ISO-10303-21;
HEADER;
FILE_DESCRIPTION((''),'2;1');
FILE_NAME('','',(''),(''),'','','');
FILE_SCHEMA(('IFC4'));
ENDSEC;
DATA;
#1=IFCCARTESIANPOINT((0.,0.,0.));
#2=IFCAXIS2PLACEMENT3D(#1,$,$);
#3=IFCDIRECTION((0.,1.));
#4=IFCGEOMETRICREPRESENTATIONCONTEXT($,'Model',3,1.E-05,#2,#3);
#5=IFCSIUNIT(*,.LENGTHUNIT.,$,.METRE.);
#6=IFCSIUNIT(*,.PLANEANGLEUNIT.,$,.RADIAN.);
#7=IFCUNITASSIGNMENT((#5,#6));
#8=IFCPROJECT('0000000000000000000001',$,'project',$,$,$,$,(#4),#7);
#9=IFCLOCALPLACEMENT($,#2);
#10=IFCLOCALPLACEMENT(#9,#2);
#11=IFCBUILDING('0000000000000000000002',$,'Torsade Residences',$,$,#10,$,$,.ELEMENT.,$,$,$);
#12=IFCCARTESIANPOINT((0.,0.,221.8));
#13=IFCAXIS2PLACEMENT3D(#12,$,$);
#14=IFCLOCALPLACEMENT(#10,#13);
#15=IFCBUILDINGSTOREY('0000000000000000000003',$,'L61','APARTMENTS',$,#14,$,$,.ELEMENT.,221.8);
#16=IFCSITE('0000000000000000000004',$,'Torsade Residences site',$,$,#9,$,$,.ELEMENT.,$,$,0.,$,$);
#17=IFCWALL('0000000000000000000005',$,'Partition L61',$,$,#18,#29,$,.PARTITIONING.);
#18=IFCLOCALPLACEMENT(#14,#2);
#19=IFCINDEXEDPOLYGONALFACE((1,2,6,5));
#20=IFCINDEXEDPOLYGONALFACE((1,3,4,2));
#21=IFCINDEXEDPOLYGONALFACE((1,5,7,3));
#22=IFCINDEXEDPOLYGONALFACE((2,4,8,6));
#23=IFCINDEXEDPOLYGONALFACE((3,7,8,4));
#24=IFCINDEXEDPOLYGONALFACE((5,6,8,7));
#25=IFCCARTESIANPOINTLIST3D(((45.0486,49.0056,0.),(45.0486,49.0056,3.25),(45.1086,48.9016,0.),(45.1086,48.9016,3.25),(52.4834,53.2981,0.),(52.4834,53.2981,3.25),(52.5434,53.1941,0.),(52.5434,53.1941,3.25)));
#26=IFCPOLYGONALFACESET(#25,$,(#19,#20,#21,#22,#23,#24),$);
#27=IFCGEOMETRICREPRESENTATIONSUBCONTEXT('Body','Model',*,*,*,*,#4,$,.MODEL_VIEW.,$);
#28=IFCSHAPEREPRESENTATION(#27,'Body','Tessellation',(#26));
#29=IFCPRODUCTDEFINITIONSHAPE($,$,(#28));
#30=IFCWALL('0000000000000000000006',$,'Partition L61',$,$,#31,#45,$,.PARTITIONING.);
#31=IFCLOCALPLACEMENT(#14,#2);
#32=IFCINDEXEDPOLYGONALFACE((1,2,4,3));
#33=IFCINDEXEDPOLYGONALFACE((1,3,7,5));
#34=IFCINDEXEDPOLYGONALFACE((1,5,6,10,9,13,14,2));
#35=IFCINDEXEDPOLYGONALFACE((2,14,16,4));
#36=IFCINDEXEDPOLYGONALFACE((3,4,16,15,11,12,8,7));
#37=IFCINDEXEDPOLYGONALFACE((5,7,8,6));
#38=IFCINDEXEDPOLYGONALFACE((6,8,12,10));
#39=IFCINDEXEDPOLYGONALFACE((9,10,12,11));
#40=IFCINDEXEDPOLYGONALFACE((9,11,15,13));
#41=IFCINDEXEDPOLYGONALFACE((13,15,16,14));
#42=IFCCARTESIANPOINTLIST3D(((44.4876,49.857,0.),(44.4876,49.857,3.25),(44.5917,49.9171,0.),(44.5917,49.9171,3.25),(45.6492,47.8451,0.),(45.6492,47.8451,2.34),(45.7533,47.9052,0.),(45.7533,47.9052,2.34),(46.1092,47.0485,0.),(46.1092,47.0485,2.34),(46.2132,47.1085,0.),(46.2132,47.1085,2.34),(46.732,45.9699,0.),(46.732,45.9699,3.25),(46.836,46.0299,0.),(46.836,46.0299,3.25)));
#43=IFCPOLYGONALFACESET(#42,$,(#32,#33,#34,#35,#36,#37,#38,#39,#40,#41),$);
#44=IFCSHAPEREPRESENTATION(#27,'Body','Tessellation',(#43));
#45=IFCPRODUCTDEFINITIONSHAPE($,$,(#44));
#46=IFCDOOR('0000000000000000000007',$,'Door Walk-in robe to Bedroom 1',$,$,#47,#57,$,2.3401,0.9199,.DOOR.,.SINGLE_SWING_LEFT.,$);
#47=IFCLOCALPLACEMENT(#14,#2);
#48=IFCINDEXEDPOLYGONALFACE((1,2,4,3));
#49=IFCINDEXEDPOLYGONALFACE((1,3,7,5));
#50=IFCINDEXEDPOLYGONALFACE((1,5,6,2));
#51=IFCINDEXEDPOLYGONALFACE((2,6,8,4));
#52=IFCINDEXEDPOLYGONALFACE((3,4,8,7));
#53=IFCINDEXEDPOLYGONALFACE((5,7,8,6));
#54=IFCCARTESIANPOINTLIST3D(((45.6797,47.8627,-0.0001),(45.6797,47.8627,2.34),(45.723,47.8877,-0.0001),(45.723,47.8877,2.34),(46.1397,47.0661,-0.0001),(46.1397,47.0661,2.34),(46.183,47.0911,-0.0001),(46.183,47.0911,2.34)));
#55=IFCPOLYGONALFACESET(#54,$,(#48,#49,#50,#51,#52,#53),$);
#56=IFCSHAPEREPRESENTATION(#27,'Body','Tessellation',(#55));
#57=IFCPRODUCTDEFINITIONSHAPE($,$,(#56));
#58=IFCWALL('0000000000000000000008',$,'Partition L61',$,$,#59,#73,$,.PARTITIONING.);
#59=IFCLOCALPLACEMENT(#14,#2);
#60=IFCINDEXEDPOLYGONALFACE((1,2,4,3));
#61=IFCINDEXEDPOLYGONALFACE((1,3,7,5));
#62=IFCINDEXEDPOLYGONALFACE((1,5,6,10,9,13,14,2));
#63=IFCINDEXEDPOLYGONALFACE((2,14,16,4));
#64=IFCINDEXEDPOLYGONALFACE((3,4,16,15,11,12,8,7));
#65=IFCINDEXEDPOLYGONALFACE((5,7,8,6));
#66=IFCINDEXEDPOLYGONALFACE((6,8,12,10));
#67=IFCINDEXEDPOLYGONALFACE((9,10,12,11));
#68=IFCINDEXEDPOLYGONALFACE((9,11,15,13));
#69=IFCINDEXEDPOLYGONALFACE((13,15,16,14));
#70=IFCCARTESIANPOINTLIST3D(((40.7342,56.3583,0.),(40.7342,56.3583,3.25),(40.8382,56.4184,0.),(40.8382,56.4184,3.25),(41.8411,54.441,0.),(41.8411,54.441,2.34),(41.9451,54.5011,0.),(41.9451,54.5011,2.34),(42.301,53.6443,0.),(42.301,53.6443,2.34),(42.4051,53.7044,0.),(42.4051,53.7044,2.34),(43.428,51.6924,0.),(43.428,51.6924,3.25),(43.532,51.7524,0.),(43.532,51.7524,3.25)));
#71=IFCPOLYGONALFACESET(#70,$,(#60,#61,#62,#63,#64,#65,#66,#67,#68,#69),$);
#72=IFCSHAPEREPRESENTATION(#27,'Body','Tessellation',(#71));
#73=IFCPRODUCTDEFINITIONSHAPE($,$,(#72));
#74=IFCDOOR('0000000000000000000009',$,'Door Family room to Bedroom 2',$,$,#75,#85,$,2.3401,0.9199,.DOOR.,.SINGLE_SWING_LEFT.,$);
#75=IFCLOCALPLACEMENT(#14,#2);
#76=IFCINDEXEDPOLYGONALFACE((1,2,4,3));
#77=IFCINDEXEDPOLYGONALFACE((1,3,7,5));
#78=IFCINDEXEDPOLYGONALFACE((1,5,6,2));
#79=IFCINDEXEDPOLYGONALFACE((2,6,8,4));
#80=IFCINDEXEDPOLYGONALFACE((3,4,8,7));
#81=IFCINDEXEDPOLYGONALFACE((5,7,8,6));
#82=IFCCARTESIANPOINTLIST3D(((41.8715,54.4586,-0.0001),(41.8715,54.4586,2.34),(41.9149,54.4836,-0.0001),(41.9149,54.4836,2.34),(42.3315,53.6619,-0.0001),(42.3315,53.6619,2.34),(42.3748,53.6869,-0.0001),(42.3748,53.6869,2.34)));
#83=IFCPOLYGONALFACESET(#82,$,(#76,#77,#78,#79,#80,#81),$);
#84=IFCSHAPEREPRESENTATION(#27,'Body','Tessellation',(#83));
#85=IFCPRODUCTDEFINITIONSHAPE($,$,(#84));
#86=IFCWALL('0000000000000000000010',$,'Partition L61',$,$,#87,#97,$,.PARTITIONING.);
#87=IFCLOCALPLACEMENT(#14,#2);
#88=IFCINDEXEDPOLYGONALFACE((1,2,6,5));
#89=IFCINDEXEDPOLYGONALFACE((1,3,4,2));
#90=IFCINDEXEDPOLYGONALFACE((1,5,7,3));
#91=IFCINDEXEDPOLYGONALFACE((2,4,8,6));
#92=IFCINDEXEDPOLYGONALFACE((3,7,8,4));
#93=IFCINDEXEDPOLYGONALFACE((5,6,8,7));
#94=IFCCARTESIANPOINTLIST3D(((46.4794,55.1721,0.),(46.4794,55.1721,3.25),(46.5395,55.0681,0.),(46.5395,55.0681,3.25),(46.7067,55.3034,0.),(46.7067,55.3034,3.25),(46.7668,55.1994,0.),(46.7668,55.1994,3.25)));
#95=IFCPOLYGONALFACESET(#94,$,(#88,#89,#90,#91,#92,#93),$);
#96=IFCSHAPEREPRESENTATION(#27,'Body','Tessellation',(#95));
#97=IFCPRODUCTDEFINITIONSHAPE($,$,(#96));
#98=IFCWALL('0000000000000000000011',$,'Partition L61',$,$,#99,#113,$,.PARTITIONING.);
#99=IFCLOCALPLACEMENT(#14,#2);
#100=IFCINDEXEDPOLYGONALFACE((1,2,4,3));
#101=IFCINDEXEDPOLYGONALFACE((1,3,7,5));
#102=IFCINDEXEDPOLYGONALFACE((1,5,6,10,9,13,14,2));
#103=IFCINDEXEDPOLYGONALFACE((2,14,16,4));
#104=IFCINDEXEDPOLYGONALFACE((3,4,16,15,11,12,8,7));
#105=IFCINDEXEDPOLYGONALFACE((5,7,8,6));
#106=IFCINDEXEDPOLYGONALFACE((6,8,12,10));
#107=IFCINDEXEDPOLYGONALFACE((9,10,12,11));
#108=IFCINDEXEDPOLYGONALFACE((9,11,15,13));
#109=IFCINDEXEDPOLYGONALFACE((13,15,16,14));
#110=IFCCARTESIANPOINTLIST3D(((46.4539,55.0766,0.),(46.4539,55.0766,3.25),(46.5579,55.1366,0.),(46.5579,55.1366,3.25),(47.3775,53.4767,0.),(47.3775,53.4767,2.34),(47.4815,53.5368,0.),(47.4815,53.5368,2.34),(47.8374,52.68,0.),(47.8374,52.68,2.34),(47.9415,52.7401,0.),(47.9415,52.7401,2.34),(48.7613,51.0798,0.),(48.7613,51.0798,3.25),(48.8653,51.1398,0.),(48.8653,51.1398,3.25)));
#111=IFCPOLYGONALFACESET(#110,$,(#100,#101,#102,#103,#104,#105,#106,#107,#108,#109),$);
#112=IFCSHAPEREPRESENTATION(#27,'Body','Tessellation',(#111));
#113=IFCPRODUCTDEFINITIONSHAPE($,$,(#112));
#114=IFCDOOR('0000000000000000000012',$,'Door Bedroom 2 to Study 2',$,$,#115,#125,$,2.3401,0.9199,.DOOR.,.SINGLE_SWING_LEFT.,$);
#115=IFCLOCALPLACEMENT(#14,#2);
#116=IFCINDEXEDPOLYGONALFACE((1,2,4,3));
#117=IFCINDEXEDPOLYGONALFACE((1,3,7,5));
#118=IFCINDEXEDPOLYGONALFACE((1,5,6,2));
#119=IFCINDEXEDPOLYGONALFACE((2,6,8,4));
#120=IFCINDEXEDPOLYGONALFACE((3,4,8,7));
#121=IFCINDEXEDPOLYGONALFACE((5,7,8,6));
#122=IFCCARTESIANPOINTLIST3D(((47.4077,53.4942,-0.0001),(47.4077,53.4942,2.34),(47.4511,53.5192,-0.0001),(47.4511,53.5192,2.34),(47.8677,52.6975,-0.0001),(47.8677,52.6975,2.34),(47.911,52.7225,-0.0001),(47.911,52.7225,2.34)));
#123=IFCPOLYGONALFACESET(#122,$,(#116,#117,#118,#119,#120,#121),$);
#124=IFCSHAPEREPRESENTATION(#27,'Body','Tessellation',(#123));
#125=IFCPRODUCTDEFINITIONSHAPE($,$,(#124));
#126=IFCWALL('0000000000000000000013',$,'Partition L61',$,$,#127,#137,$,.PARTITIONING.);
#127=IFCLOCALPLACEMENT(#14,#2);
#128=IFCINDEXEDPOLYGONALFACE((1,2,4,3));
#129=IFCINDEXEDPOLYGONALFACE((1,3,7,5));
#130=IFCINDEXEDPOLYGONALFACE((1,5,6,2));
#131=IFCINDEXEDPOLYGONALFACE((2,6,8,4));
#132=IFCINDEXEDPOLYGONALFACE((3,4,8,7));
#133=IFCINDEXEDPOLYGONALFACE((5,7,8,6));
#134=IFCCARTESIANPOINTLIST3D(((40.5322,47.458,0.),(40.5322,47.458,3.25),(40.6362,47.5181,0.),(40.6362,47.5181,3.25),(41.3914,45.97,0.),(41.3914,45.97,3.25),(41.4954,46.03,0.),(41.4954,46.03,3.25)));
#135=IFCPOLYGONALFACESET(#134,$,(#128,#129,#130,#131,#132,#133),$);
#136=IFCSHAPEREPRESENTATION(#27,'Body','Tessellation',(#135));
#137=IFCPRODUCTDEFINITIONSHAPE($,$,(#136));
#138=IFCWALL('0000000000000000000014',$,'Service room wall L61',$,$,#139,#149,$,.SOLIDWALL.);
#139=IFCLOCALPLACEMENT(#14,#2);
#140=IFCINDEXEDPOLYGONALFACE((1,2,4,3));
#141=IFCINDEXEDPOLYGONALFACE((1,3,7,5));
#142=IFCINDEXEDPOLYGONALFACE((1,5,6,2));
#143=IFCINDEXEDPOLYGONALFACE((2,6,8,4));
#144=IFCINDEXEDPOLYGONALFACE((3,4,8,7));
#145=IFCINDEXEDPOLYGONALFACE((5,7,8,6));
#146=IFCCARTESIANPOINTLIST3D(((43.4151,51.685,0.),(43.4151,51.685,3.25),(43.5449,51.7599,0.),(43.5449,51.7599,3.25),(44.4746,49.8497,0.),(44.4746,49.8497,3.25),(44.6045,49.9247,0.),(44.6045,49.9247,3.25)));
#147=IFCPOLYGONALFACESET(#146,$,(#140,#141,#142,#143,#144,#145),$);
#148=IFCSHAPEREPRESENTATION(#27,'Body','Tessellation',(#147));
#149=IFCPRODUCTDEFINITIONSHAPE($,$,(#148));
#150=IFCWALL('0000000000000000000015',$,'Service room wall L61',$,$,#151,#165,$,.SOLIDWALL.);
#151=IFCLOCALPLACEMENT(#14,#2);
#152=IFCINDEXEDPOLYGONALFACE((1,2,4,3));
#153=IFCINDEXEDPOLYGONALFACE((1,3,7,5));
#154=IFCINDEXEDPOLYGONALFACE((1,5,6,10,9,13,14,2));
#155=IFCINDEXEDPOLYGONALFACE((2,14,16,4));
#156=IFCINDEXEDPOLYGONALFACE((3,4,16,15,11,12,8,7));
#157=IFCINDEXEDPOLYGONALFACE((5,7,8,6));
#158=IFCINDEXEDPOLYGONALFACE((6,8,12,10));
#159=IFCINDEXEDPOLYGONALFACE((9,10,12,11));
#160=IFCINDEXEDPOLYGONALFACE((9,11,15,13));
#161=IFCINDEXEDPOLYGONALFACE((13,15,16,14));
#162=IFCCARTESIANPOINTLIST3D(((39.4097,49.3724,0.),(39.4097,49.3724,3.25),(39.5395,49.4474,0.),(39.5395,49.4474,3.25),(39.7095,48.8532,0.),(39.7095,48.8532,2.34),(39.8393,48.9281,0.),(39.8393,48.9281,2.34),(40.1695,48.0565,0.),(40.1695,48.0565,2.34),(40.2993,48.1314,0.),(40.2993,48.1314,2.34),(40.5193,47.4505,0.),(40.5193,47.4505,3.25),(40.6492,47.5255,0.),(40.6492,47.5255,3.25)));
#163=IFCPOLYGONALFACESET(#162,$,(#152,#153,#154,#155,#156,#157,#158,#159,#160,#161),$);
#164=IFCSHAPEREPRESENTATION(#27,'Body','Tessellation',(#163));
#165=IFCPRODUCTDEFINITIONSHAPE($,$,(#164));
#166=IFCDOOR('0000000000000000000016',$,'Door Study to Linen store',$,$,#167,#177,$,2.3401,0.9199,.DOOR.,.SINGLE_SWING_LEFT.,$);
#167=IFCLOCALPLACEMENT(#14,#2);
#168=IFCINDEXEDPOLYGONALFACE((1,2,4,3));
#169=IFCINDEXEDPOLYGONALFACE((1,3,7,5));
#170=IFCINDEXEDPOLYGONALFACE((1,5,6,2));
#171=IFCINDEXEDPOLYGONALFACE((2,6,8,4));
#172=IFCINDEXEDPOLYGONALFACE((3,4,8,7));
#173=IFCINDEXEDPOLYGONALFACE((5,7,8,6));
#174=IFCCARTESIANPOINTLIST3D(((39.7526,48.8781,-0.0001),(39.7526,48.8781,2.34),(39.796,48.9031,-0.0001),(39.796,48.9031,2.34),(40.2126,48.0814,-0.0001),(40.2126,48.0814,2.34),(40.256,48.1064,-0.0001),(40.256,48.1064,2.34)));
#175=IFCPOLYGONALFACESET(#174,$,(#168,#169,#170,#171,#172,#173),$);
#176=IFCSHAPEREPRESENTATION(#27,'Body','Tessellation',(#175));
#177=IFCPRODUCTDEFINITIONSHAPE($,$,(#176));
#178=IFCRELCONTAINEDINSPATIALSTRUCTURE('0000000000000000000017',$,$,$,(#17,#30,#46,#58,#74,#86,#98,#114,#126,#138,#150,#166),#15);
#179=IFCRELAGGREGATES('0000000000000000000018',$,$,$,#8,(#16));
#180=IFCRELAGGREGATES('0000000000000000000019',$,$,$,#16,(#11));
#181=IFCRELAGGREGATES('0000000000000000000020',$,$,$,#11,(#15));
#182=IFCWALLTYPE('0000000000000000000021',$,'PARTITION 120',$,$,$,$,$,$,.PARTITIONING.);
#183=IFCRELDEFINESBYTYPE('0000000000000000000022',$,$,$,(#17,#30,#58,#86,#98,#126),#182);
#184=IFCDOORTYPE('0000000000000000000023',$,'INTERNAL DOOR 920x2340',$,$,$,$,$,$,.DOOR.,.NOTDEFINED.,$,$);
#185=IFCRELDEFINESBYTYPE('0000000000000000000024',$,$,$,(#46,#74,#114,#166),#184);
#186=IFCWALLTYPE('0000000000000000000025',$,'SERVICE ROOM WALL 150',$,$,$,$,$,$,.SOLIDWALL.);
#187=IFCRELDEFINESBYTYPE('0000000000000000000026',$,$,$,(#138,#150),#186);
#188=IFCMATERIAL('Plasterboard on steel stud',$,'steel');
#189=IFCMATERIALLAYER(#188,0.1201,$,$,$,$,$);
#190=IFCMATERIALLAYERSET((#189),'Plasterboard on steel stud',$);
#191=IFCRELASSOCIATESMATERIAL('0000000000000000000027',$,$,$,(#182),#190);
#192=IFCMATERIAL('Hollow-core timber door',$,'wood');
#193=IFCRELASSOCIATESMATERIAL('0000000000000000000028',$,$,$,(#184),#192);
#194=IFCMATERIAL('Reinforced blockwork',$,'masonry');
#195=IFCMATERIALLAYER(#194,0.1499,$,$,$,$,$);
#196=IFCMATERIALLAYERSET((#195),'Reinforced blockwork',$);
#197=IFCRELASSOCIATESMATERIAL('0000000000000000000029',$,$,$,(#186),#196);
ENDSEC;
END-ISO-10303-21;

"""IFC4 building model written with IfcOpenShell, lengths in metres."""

from ifc_helpers import new_model, si_unit, direction, frame, frame_2d, origin, place, context, subcontext, project, spatial, rectangle, extrude, material, layer, layer_set, type_object, element, fill, save


model = new_model("IFC4")

# Units and contexts
model_context = context("Model", 3, precision=1e-05, world=origin(), true_north=direction((0.0, 1.0)))
body_context = subcontext(model_context, "Body", "Model", "MODEL_VIEW")
ifc_project = project(units=[si_unit("LENGTHUNIT", "METRE"), si_unit("PLANEANGLEUNIT", "RADIAN")], contexts=[model_context])

# Site, building, storey
site_placement = place(None, origin())
site = spatial("IfcSite", under=ifc_project, at=site_placement, Name="Torsade Residences site", CompositionType="ELEMENT", RefElevation=0.0)
building_placement = place(site_placement, origin())
building = spatial("IfcBuilding", under=site, at=building_placement, Name="Torsade Residences", CompositionType="ELEMENT")
storey_placement = place(building_placement, frame((0.0, 0.0, 221.8)))
storey = spatial("IfcBuildingStorey", under=building, at=storey_placement, Name="L61", Description="APARTMENTS", CompositionType="ELEMENT", Elevation=221.8)

# Shared definitions
ifc_material_1 = material(Name="Plasterboard on steel stud", Category="steel")
ifc_layer_1 = layer(ifc_material_1, 0.1201)
ifc_layer_set_1 = layer_set([ifc_layer_1], Name="Plasterboard on steel stud")
wall_type_1 = type_object("IfcWallType", Name="PARTITION 120", PredefinedType="PARTITIONING", material=ifc_layer_set_1)

# Wall
wall_1_placement = place(storey_placement, frame((45.0786, 48.9536, 0.0), z_axis=(0.0, 0.0, 1.0), x_axis=(0.866026, 0.499999, 0.0)))
element("IfcWall", 1, at=wall_1_placement, inside=storey, type_object=wall_type_1, Name="Partition L61", PredefinedType="PARTITIONING", context=body_context, shape_type="SweptSolid", body=[
    extrude(rectangle(XDim=8.585, YDim=0.1201, at=frame_2d((4.2925, 0.0))), origin(), (0.0, 0.0, 1.0), 3.25),
])

# Walls, openings, doors
wall_2_placement = place(storey_placement, frame((46.7839, 46.0, 0.0), z_axis=(0.0, 0.0, 1.0), x_axis=(-0.500018, 0.866015, 0.0)))
wall_2 = element("IfcWall", 2, at=wall_2_placement, inside=storey, type_object=wall_type_1, Name="Partition L61", PredefinedType="PARTITIONING", context=body_context, shape_type="SweptSolid", body=[
    extrude(rectangle(XDim=4.4885, YDim=0.1201, at=frame_2d((2.2441, 0.0))), origin(), (0.0, 0.0, 1.0), 3.25),
])
opening_1_placement = place(wall_2_placement, frame((1.2454, 0.0, 0.0)))
opening_1 = element("IfcOpeningElement", 3, at=opening_1_placement, cuts=wall_2, PredefinedType="OPENING", context=body_context, shape_type="SweptSolid", body=[
    extrude(rectangle(XDim=0.9199, YDim=2.3401, at=frame_2d((0.46, 1.1699))), frame((0.0, 0.0701, 0.0), z_axis=(0.0, -1.0, 0.0), x_axis=(1.0, 0.0, 0.0)), (0.0, 0.0, 1.0), 0.1401),
])
ifc_material_2 = material(Name="Hollow-core timber door", Category="wood")
door_type_1 = type_object("IfcDoorType", Name="INTERNAL DOOR 920x2340", OperationType="NOTDEFINED", PredefinedType="DOOR", material=ifc_material_2)
door_1_placement = place(opening_1_placement, origin())
door_1 = element("IfcDoor", 4, at=door_1_placement, inside=storey, type_object=door_type_1, Name="Door Walk-in robe to Bedroom 1", OperationType="SINGLE_SWING_LEFT", OverallHeight=2.3401, OverallWidth=0.9199, PredefinedType="DOOR", context=body_context, shape_type="SweptSolid", body=[
    extrude(rectangle(XDim=0.9199, YDim=2.3401, at=frame_2d((0.46, 1.1699))), frame((0.0, 0.0249, 0.0), z_axis=(0.0, -1.0, 0.0), x_axis=(1.0, 0.0, 0.0)), (0.0, 0.0, 1.0), 0.05),
])
fill(opening_1, door_1)
wall_3_placement = place(storey_placement, frame((43.48, 51.7224, 0.0), z_axis=(0.0, 0.0, 1.0), x_axis=(-0.499989, 0.866032, 0.0)))
wall_3 = element("IfcWall", 5, at=wall_3_placement, inside=storey, type_object=wall_type_1, Name="Partition L61", PredefinedType="PARTITIONING", context=body_context, shape_type="SweptSolid", body=[
    extrude(rectangle(XDim=5.3877, YDim=0.1201, at=frame_2d((2.6938, 0.0))), origin(), (0.0, 0.0, 1.0), 3.25),
])
opening_2_placement = place(wall_3_placement, frame((2.2539, 0.0, 0.0)))
opening_2 = element("IfcOpeningElement", 6, at=opening_2_placement, cuts=wall_3, PredefinedType="OPENING", context=body_context, shape_type="SweptSolid", body=[
    extrude(rectangle(XDim=0.9199, YDim=2.3401, at=frame_2d((0.46, 1.1699))), frame((0.0, 0.0701, 0.0), z_axis=(0.0, -1.0, 0.0), x_axis=(1.0, 0.0, 0.0)), (0.0, 0.0, 1.0), 0.1401),
])
door_2_placement = place(opening_2_placement, origin())
door_2 = element("IfcDoor", 7, at=door_2_placement, inside=storey, type_object=door_type_1, Name="Door Family room to Bedroom 2", OperationType="SINGLE_SWING_LEFT", OverallHeight=2.3401, OverallWidth=0.9199, PredefinedType="DOOR", context=body_context, shape_type="SweptSolid", body=[
    extrude(rectangle(XDim=0.9199, YDim=2.3401, at=frame_2d((0.46, 1.1699))), frame((0.0, 0.0249, 0.0), z_axis=(0.0, -1.0, 0.0), x_axis=(1.0, 0.0, 0.0)), (0.0, 0.0, 1.0), 0.05),
])
fill(opening_2, door_2)

# Wall
wall_4_placement = place(storey_placement, frame((46.7368, 55.2515, 0.0), z_axis=(0.0, 0.0, 1.0), x_axis=(-0.865829, -0.50034, 0.0)))
element("IfcWall", 8, at=wall_4_placement, inside=storey, type_object=wall_type_1, Name="Partition L61", PredefinedType="PARTITIONING", context=body_context, shape_type="SweptSolid", body=[
    extrude(rectangle(XDim=0.2625, YDim=0.1201, at=frame_2d((0.1313, 0.0))), origin(), (0.0, 0.0, 1.0), 3.25),
])

# Wall, opening, door
wall_5_placement = place(storey_placement, frame((46.5059, 55.1067, 0.0), z_axis=(0.0, 0.0, 1.0), x_axis=(0.499968, -0.866044, 0.0)))
wall_5 = element("IfcWall", 9, at=wall_5_placement, inside=storey, type_object=wall_type_1, Name="Partition L61", PredefinedType="PARTITIONING", context=body_context, shape_type="SweptSolid", body=[
    extrude(rectangle(XDim=4.615, YDim=0.1201, at=frame_2d((2.3076, 0.0))), origin(), (0.0, 0.0, 1.0), 3.25),
])
opening_3_placement = place(wall_5_placement, frame((1.8474, 0.0, 0.0)))
opening_3 = element("IfcOpeningElement", 10, at=opening_3_placement, cuts=wall_5, PredefinedType="OPENING", context=body_context, shape_type="SweptSolid", body=[
    extrude(rectangle(XDim=0.9199, YDim=2.3401, at=frame_2d((0.46, 1.1699))), frame((0.0, 0.0701, 0.0), z_axis=(0.0, -1.0, 0.0), x_axis=(1.0, 0.0, 0.0)), (0.0, 0.0, 1.0), 0.1401),
])
door_3_placement = place(opening_3_placement, origin())
door_3 = element("IfcDoor", 11, at=door_3_placement, inside=storey, type_object=door_type_1, Name="Door Bedroom 2 to Study 2", OperationType="SINGLE_SWING_LEFT", OverallHeight=2.3401, OverallWidth=0.9199, PredefinedType="DOOR", context=body_context, shape_type="SweptSolid", body=[
    extrude(rectangle(XDim=0.9199, YDim=2.3401, at=frame_2d((0.46, 1.1699))), frame((0.0, 0.0249, 0.0), z_axis=(0.0, -1.0, 0.0), x_axis=(1.0, 0.0, 0.0)), (0.0, 0.0, 1.0), 0.05),
])
fill(opening_3, door_3)

# Walls
wall_6_placement = place(storey_placement, frame((40.5842, 47.488, 0.0), z_axis=(0.0, 0.0, 1.0), x_axis=(0.500005, -0.866022, 0.0)))
element("IfcWall", 12, at=wall_6_placement, inside=storey, type_object=wall_type_1, Name="Partition L61", PredefinedType="PARTITIONING", context=body_context, shape_type="SweptSolid", body=[
    extrude(rectangle(XDim=1.7183, YDim=0.1201, at=frame_2d((0.8591, 0.0))), origin(), (0.0, 0.0, 1.0), 3.25),
])
ifc_material_3 = material(Name="Reinforced blockwork", Category="masonry")
ifc_layer_2 = layer(ifc_material_3, 0.1499)
ifc_layer_set_2 = layer_set([ifc_layer_2], Name="Reinforced blockwork")
wall_type_2 = type_object("IfcWallType", Name="SERVICE ROOM WALL 150", PredefinedType="SOLIDWALL", material=ifc_layer_set_2)
wall_7_placement = place(storey_placement, frame((44.5396, 49.8872, 0.0), z_axis=(0.0, 0.0, 1.0), x_axis=(-0.500005, 0.866023, 0.0)))
element("IfcWall", 13, at=wall_7_placement, inside=storey, type_object=wall_type_2, Name="Service room wall L61", PredefinedType="SOLIDWALL", context=body_context, shape_type="SweptSolid", body=[
    extrude(rectangle(XDim=2.1191, YDim=0.1499, at=frame_2d((1.0596, 0.0))), origin(), (0.0, 0.0, 1.0), 3.25),
])

# Wall, opening, door
wall_8_placement = place(storey_placement, frame((39.4746, 49.4099, 0.0), z_axis=(0.0, 0.0, 1.0), x_axis=(0.500008, -0.866021, 0.0)))
wall_8 = element("IfcWall", 14, at=wall_8_placement, inside=storey, type_object=wall_type_2, Name="Service room wall L61", PredefinedType="SOLIDWALL", context=body_context, shape_type="SweptSolid", body=[
    extrude(rectangle(XDim=2.2192, YDim=0.1499, at=frame_2d((1.1096, 0.0))), origin(), (0.0, 0.0, 1.0), 3.25),
])
opening_4_placement = place(wall_8_placement, frame((0.5996, 0.0, 0.0)))
opening_4 = element("IfcOpeningElement", 15, at=opening_4_placement, cuts=wall_8, PredefinedType="OPENING", context=body_context, shape_type="SweptSolid", body=[
    extrude(rectangle(XDim=0.9199, YDim=2.3401, at=frame_2d((0.46, 1.1699))), frame((0.0, 0.085, 0.0), z_axis=(0.0, -1.0, 0.0), x_axis=(1.0, 0.0, 0.0)), (0.0, 0.0, 1.0), 0.1699),
])
door_4_placement = place(opening_4_placement, origin())
door_4 = element("IfcDoor", 16, at=door_4_placement, inside=storey, type_object=door_type_1, Name="Door Study to Linen store", OperationType="SINGLE_SWING_LEFT", OverallHeight=2.3401, OverallWidth=0.9199, PredefinedType="DOOR", context=body_context, shape_type="SweptSolid", body=[
    extrude(rectangle(XDim=0.9199, YDim=2.3401, at=frame_2d((0.46, 1.1699))), frame((0.0, 0.0249, 0.0), z_axis=(0.0, -1.0, 0.0), x_axis=(1.0, 0.0, 0.0)), (0.0, 0.0, 1.0), 0.05),
])
fill(opening_4, door_4)

save(model, "model.ifc")
